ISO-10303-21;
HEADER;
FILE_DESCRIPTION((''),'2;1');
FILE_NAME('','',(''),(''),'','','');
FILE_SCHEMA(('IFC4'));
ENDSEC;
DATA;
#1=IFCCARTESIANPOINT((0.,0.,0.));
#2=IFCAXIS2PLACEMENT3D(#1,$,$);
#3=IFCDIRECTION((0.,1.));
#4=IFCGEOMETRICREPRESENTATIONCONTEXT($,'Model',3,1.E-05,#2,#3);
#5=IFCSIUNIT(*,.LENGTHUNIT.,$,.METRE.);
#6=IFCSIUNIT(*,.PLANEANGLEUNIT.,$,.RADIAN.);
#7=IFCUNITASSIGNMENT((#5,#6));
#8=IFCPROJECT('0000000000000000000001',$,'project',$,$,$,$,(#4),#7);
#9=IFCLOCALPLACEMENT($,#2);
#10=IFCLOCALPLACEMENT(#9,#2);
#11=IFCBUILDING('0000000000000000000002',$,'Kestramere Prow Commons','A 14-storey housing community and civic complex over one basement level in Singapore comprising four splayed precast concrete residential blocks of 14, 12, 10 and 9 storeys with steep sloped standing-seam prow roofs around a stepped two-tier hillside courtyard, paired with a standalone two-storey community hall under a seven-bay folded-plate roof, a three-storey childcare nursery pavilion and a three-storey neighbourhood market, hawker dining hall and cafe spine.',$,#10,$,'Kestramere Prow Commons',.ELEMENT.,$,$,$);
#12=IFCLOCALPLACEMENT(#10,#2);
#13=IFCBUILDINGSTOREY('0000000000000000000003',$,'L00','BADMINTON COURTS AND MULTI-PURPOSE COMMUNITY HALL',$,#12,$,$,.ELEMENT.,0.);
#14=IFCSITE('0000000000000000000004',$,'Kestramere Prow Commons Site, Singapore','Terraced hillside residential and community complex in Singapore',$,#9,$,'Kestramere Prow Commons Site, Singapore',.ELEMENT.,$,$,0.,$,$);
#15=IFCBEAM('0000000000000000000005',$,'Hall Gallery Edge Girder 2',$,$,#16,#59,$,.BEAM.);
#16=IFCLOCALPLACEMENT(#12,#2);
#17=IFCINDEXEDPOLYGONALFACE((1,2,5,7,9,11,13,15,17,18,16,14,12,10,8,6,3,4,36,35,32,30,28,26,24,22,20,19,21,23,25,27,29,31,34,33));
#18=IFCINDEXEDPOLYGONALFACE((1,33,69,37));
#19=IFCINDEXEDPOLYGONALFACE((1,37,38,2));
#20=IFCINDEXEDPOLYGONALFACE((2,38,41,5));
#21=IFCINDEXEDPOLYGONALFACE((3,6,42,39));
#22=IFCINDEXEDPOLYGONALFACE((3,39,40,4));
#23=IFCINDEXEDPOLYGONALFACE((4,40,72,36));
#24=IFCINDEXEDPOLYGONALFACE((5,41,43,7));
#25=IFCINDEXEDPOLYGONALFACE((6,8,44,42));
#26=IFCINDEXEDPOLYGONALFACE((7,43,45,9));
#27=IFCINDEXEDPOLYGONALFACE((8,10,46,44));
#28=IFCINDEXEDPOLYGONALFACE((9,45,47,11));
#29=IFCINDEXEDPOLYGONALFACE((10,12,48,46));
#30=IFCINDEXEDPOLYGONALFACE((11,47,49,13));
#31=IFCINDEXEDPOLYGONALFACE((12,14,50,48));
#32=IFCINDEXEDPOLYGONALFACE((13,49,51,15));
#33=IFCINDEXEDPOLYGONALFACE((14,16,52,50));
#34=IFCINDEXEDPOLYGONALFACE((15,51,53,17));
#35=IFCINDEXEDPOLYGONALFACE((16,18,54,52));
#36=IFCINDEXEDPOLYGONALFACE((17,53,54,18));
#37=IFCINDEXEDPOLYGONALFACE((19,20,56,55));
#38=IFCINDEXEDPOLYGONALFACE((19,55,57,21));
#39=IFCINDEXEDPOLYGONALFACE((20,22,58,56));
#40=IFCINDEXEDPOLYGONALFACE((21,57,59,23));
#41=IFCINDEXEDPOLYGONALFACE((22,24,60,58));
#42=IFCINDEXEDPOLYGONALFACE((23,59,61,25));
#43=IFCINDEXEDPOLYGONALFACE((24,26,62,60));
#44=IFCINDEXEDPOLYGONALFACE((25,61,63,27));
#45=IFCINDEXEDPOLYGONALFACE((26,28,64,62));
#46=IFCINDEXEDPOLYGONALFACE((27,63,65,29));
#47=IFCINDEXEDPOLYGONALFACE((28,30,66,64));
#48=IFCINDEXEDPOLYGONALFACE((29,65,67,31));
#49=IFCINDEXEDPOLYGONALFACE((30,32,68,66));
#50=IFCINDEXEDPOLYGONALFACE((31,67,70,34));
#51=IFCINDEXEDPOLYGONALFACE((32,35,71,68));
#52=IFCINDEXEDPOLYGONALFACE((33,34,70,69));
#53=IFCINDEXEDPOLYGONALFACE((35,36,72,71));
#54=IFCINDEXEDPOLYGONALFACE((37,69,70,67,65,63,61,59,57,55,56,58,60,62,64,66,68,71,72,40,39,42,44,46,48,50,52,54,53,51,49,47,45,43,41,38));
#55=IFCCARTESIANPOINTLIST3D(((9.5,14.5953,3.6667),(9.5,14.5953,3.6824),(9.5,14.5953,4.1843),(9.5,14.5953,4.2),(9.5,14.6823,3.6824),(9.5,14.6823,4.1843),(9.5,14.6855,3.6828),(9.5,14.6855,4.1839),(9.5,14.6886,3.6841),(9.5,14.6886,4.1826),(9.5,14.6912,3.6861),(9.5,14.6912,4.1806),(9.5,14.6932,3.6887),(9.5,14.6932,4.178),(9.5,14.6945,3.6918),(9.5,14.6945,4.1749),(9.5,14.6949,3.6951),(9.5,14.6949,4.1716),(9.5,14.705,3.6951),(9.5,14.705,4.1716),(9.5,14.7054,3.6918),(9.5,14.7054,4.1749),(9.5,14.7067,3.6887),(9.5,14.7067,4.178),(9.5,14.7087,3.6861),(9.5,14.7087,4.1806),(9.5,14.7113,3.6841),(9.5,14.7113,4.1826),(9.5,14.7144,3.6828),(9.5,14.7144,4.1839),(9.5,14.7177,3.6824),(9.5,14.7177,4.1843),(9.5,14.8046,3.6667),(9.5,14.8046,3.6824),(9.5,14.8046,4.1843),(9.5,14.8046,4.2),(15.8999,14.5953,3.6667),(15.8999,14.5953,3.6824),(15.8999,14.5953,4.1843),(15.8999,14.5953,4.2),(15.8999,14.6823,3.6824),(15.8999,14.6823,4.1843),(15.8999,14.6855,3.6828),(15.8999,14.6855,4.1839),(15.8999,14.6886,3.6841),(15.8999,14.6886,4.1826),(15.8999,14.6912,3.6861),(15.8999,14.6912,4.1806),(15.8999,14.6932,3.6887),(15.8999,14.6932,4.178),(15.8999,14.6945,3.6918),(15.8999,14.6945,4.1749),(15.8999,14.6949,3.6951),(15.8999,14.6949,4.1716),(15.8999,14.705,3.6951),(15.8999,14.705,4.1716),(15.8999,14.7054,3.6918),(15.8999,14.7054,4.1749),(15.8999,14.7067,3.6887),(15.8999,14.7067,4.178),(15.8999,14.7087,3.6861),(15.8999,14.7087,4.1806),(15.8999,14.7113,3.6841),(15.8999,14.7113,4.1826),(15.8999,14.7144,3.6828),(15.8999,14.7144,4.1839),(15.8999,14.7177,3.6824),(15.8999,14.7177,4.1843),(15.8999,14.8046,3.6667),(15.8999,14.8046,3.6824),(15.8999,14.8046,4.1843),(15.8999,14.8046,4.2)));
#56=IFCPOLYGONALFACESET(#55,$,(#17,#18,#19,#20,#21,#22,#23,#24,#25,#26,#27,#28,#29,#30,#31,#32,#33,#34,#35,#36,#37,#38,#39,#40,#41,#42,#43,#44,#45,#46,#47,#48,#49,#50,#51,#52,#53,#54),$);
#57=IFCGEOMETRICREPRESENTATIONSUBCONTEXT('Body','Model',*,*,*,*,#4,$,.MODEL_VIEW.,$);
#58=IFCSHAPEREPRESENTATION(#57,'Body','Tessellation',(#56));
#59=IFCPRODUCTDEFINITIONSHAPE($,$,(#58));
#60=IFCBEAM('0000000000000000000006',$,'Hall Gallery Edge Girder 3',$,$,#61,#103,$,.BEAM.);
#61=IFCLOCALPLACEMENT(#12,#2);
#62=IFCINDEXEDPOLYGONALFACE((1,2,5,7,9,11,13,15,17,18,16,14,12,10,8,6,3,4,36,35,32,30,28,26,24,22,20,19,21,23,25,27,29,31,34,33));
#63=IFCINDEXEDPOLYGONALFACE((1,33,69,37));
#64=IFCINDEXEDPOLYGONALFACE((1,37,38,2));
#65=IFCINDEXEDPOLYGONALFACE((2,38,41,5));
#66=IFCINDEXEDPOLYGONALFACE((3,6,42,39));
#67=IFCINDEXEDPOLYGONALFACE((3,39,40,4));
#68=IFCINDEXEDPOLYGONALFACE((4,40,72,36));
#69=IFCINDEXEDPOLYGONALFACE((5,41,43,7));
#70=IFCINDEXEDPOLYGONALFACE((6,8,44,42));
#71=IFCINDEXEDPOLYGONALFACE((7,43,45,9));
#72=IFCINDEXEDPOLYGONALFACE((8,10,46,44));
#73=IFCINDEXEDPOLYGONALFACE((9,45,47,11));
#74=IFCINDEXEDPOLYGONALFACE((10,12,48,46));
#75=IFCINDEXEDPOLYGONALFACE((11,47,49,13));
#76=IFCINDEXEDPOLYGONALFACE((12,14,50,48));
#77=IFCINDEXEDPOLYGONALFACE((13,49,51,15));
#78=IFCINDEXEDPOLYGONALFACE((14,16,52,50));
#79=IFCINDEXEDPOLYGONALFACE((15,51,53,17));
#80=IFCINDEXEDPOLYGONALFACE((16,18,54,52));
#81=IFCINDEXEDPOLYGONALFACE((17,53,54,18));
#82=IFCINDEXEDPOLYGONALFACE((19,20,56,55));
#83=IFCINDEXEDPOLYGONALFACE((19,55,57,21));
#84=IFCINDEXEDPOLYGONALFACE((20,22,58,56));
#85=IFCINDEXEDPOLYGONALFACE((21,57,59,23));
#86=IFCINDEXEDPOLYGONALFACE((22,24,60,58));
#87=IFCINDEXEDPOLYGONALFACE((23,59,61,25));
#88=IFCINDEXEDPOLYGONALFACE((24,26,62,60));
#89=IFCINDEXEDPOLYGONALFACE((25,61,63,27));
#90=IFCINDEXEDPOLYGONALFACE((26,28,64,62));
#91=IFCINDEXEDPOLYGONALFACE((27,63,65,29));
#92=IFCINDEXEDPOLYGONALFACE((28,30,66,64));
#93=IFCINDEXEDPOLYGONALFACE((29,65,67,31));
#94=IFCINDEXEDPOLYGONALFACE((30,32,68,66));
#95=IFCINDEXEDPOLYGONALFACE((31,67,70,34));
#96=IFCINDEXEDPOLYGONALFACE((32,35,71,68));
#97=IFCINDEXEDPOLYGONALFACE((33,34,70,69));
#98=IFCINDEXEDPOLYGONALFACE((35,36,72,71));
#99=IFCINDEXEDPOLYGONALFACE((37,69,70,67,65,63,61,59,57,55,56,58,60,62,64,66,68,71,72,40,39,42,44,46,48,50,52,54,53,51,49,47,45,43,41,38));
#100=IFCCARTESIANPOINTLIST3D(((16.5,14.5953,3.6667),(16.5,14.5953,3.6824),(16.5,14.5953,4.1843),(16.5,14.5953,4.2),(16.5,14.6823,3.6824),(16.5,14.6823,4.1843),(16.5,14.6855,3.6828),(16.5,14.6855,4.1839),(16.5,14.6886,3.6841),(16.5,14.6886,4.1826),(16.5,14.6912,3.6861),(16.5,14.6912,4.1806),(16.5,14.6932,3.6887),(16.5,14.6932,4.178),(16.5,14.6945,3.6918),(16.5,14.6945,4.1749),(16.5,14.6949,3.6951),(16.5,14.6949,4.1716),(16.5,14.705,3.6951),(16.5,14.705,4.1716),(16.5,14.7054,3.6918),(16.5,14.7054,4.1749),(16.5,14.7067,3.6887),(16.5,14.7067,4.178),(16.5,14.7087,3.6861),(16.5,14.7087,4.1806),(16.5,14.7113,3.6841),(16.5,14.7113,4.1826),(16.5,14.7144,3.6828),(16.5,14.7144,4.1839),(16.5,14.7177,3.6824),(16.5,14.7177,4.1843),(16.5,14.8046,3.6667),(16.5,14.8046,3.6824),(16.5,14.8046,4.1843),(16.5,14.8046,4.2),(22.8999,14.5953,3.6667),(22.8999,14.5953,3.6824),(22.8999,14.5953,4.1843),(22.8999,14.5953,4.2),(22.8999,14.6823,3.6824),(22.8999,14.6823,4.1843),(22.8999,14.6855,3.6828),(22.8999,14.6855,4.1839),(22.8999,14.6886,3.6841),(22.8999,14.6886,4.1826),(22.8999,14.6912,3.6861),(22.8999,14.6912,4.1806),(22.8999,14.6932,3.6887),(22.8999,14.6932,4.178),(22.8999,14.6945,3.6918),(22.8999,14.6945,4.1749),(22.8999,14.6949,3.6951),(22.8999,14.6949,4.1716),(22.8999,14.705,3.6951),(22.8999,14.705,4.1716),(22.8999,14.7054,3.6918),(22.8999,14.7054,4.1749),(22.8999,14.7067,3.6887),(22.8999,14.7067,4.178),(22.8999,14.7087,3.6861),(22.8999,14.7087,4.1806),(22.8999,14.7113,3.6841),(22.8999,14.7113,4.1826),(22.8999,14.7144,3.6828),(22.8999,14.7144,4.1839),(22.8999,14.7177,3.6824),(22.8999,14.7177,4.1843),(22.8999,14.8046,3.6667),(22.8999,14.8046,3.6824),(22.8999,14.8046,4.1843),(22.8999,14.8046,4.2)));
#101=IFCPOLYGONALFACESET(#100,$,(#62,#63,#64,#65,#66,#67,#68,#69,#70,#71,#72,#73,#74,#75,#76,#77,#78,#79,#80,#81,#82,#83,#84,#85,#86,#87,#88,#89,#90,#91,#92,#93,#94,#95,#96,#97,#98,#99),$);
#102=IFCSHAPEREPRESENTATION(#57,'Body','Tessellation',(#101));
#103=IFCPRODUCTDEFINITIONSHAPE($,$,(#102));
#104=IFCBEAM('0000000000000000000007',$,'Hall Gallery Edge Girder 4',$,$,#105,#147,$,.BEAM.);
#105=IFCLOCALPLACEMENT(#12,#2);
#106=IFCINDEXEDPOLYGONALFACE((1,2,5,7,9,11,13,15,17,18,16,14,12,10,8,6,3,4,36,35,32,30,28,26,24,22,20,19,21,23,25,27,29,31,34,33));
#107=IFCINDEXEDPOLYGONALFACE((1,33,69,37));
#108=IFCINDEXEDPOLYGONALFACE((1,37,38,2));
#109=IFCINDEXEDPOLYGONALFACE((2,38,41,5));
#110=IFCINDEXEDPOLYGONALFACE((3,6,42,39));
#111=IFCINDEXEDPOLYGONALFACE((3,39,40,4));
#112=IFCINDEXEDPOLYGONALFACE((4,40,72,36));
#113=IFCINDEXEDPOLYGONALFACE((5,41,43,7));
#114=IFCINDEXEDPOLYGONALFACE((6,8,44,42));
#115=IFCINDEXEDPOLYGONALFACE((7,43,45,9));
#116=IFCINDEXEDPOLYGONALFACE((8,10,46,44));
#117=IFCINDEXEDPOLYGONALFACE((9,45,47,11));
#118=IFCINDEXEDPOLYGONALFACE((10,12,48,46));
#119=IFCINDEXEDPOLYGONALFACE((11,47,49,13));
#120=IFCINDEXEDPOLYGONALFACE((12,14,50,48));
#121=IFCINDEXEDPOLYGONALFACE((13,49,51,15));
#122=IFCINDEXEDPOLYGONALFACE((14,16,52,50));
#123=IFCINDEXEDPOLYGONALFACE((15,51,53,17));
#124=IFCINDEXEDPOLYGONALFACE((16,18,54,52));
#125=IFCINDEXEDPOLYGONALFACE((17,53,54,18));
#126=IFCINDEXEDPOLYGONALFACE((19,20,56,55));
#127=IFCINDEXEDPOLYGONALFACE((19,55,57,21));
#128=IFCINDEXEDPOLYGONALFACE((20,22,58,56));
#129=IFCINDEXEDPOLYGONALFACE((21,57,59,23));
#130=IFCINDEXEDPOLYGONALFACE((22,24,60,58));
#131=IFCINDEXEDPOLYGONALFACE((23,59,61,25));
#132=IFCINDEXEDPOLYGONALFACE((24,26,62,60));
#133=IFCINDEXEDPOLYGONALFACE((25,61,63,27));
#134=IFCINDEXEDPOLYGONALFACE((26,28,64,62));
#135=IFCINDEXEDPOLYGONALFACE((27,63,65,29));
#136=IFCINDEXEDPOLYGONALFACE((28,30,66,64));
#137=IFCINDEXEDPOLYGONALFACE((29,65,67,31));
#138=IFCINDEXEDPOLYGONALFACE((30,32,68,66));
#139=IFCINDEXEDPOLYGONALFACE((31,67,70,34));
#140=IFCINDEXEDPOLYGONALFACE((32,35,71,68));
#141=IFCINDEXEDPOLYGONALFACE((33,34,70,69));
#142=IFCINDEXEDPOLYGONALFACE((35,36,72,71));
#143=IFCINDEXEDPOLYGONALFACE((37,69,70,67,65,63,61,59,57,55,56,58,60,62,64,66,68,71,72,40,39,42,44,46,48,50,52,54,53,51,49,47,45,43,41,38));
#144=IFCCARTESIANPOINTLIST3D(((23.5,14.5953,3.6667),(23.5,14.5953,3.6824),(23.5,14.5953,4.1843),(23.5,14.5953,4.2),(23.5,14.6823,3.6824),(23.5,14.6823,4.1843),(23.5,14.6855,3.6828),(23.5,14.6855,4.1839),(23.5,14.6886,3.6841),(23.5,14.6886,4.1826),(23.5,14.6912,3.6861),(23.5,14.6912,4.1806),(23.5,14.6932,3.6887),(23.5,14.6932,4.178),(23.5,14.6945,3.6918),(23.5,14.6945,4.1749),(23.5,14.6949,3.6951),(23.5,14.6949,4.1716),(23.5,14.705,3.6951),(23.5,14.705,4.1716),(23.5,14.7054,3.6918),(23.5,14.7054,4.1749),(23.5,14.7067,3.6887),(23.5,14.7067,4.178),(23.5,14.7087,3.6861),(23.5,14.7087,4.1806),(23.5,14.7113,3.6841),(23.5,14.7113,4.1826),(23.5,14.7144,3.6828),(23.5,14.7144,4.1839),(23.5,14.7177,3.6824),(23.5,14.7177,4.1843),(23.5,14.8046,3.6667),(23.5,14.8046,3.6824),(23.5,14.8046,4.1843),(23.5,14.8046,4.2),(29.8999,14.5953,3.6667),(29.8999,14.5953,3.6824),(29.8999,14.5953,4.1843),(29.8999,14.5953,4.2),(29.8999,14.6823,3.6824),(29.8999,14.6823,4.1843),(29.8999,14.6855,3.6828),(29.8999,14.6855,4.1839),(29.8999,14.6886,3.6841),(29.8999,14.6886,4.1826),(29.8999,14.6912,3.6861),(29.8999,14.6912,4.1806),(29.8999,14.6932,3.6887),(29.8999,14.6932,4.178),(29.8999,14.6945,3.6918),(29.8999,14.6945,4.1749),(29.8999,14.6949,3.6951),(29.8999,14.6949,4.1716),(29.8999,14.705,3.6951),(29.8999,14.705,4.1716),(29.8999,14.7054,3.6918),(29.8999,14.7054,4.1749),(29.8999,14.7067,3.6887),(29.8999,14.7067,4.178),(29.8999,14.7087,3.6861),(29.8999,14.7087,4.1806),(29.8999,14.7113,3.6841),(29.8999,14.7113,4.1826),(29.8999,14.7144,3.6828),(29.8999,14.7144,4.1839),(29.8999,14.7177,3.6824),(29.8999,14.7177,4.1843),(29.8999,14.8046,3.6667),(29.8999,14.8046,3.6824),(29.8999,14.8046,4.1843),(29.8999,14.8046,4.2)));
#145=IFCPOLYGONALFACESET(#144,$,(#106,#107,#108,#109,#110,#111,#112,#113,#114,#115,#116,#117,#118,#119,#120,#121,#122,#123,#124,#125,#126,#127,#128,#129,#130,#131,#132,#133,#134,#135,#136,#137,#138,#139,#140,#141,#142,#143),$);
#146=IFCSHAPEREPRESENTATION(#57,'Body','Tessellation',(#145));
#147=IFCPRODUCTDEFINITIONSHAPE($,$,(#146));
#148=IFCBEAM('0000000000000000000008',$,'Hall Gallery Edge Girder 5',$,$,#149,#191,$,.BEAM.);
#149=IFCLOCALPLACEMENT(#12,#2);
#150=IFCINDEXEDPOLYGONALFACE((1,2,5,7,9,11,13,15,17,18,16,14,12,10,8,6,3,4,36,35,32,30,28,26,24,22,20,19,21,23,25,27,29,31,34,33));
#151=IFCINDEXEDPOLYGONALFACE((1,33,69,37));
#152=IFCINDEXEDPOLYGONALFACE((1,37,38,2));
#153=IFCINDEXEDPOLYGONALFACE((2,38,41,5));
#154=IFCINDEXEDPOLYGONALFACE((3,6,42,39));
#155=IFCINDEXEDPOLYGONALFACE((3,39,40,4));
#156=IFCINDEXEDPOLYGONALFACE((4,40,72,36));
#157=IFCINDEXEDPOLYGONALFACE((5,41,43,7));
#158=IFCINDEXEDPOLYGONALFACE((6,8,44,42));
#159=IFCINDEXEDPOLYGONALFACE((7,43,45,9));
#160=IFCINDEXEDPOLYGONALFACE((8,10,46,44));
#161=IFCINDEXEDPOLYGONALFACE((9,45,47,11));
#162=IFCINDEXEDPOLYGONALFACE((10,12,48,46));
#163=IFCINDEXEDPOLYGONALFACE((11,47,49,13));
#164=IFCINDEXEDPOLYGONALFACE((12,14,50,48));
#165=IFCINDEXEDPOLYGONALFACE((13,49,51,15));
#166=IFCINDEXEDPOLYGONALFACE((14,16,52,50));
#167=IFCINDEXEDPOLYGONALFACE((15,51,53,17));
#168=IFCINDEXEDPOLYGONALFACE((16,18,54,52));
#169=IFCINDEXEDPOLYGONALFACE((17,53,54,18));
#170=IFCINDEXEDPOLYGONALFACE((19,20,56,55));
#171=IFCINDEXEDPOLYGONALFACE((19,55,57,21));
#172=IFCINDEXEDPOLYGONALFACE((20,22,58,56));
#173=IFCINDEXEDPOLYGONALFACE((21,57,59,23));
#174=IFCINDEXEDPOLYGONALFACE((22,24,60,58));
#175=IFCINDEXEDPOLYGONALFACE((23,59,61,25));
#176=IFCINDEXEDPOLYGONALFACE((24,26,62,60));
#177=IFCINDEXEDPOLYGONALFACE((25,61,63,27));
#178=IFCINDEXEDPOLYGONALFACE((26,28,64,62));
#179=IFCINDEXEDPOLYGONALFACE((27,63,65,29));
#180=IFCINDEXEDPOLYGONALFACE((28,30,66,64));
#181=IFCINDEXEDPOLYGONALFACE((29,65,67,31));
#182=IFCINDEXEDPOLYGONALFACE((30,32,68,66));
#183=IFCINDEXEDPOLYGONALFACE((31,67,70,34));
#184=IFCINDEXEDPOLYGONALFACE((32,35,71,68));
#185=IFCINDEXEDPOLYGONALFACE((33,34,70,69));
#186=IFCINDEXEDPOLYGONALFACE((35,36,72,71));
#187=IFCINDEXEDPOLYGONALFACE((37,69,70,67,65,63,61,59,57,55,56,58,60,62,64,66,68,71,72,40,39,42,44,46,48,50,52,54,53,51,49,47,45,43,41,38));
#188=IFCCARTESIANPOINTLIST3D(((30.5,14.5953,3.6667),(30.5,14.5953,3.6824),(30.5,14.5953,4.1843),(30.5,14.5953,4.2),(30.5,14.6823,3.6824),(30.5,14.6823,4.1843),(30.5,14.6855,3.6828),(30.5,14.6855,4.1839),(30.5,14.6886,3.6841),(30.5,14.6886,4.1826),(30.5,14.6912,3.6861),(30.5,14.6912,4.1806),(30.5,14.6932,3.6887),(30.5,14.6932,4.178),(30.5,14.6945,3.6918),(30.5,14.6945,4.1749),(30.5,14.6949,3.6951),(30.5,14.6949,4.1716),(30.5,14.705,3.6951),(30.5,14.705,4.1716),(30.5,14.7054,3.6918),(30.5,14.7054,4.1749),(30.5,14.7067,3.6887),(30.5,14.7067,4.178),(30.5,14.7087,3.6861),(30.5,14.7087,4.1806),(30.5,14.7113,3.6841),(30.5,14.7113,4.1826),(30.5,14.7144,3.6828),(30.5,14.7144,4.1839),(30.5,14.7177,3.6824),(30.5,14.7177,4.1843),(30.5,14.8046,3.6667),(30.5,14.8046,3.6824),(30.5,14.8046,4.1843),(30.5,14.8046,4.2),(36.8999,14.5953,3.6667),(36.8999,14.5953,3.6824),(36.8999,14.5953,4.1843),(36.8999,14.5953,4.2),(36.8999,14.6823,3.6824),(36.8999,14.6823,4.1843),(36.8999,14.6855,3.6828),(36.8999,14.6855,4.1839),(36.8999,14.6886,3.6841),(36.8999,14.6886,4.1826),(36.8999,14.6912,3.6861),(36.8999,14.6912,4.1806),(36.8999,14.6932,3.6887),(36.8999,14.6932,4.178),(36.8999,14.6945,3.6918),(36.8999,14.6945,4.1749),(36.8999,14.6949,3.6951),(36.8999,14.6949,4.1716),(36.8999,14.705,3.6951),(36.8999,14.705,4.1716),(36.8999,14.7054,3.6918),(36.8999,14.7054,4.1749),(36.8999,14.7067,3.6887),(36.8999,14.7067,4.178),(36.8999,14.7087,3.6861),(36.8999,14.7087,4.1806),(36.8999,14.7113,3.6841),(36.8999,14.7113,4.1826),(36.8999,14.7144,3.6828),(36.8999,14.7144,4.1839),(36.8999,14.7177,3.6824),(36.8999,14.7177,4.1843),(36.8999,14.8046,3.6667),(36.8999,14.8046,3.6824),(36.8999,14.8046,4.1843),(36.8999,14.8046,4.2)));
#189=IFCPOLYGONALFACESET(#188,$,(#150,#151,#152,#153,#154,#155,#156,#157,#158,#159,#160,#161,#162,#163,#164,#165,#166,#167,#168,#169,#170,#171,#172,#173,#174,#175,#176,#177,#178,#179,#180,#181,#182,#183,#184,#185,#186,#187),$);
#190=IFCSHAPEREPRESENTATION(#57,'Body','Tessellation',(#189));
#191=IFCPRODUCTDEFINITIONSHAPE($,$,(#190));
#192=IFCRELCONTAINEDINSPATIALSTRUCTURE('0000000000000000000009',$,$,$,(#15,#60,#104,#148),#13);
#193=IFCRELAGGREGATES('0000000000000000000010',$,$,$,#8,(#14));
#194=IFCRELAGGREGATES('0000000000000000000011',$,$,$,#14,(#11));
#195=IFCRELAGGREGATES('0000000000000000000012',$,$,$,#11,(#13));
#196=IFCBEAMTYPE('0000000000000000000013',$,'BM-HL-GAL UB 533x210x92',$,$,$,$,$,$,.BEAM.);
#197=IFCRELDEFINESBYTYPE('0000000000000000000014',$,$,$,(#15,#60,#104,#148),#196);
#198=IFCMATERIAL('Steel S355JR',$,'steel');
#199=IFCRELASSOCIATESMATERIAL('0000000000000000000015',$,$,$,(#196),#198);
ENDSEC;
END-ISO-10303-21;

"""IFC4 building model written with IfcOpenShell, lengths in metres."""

from ifc_helpers import new_model, si_unit, direction, frame, origin, origin_2d, place, context, subcontext, project, spatial, i_section, extrude, material, material_profile, profile_set, type_object, element, save


model = new_model("IFC4")

# Units and contexts
model_context = context("Model", 3, precision=1e-05, world=origin(), true_north=direction((0.0, 1.0)))
body_context = subcontext(model_context, "Body", "Model", "MODEL_VIEW")
ifc_project = project(units=[si_unit("LENGTHUNIT", "METRE"), si_unit("PLANEANGLEUNIT", "RADIAN")], contexts=[model_context])

# Site, building, storey
site_placement = place(None, origin())
site = spatial("IfcSite", under=ifc_project, at=site_placement, Name="Kestramere Prow Commons Site, Singapore", Description="Terraced hillside residential and community complex in Singapore", LongName="Kestramere Prow Commons Site, Singapore", CompositionType="ELEMENT", RefElevation=0.0)
building_placement = place(site_placement, origin())
building = spatial("IfcBuilding", under=site, at=building_placement, Name="Kestramere Prow Commons", Description="A 14-storey housing community and civic complex over one basement level in Singapore comprising four splayed precast concrete residential blocks of 14, 12, 10 and 9 storeys with steep sloped standing-seam prow roofs around a stepped two-tier hillside courtyard, paired with a standalone two-storey community hall under a seven-bay folded-plate roof, a three-storey childcare nursery pavilion and a three-storey neighbourhood market, hawker dining hall and cafe spine.", LongName="Kestramere Prow Commons", CompositionType="ELEMENT")
storey_placement = place(building_placement, origin())
storey = spatial("IfcBuildingStorey", under=building, at=storey_placement, Name="L00", Description="BADMINTON COURTS AND MULTI-PURPOSE COMMUNITY HALL", CompositionType="ELEMENT", Elevation=0.0)

# Beams
ifc_material_1 = material(Name="Steel S355JR", Category="steel")
ifc_material_profile_1 = material_profile(ifc_material_1, i_section(OverallWidth=0.2092, OverallDepth=0.5332, WebThickness=0.01, FlangeThickness=0.0156, FilletRadius=0.0127, at=origin_2d()), Name="UB 533x210x92")
ifc_profile_set_1 = profile_set([ifc_material_profile_1], Name="Steel S355JR")
beam_type_1 = type_object("IfcBeamType", Name="BM-HL-GAL UB 533x210x92", PredefinedType="BEAM", material=ifc_profile_set_1)
for number, where, z_axis, x_axis, name in (
    (1, (9.5, 14.7, 3.9333), (1.0, 0.0, 0.0), (0.0, 1.0, 0.0), "Hall Gallery Edge Girder 2"),
    (2, (16.5, 14.7, 3.9333), (1.0, 0.0, 0.0), (0.0, 1.0, 0.0), "Hall Gallery Edge Girder 3"),
    (3, (23.5, 14.7, 3.9333), (1.0, 0.0, 0.0), (0.0, 1.0, 0.0), "Hall Gallery Edge Girder 4"),
    (4, (30.5, 14.7, 3.9333), (1.0, 0.0, 0.0), (0.0, 1.0, 0.0), "Hall Gallery Edge Girder 5"),
):
    element("IfcBeam", number, at=place(storey_placement, frame(where, z_axis=z_axis, x_axis=x_axis)), inside=storey, type_object=beam_type_1, Name=name, PredefinedType="BEAM", context=body_context, shape_type="SweptSolid", body=[
        extrude(i_section(OverallWidth=0.2092, OverallDepth=0.5332, WebThickness=0.01, FlangeThickness=0.0156, FilletRadius=0.0127, at=origin_2d()), origin(), (0.0, 0.0, 1.0), 6.3999),
    ])

save(model, "model.ifc")
